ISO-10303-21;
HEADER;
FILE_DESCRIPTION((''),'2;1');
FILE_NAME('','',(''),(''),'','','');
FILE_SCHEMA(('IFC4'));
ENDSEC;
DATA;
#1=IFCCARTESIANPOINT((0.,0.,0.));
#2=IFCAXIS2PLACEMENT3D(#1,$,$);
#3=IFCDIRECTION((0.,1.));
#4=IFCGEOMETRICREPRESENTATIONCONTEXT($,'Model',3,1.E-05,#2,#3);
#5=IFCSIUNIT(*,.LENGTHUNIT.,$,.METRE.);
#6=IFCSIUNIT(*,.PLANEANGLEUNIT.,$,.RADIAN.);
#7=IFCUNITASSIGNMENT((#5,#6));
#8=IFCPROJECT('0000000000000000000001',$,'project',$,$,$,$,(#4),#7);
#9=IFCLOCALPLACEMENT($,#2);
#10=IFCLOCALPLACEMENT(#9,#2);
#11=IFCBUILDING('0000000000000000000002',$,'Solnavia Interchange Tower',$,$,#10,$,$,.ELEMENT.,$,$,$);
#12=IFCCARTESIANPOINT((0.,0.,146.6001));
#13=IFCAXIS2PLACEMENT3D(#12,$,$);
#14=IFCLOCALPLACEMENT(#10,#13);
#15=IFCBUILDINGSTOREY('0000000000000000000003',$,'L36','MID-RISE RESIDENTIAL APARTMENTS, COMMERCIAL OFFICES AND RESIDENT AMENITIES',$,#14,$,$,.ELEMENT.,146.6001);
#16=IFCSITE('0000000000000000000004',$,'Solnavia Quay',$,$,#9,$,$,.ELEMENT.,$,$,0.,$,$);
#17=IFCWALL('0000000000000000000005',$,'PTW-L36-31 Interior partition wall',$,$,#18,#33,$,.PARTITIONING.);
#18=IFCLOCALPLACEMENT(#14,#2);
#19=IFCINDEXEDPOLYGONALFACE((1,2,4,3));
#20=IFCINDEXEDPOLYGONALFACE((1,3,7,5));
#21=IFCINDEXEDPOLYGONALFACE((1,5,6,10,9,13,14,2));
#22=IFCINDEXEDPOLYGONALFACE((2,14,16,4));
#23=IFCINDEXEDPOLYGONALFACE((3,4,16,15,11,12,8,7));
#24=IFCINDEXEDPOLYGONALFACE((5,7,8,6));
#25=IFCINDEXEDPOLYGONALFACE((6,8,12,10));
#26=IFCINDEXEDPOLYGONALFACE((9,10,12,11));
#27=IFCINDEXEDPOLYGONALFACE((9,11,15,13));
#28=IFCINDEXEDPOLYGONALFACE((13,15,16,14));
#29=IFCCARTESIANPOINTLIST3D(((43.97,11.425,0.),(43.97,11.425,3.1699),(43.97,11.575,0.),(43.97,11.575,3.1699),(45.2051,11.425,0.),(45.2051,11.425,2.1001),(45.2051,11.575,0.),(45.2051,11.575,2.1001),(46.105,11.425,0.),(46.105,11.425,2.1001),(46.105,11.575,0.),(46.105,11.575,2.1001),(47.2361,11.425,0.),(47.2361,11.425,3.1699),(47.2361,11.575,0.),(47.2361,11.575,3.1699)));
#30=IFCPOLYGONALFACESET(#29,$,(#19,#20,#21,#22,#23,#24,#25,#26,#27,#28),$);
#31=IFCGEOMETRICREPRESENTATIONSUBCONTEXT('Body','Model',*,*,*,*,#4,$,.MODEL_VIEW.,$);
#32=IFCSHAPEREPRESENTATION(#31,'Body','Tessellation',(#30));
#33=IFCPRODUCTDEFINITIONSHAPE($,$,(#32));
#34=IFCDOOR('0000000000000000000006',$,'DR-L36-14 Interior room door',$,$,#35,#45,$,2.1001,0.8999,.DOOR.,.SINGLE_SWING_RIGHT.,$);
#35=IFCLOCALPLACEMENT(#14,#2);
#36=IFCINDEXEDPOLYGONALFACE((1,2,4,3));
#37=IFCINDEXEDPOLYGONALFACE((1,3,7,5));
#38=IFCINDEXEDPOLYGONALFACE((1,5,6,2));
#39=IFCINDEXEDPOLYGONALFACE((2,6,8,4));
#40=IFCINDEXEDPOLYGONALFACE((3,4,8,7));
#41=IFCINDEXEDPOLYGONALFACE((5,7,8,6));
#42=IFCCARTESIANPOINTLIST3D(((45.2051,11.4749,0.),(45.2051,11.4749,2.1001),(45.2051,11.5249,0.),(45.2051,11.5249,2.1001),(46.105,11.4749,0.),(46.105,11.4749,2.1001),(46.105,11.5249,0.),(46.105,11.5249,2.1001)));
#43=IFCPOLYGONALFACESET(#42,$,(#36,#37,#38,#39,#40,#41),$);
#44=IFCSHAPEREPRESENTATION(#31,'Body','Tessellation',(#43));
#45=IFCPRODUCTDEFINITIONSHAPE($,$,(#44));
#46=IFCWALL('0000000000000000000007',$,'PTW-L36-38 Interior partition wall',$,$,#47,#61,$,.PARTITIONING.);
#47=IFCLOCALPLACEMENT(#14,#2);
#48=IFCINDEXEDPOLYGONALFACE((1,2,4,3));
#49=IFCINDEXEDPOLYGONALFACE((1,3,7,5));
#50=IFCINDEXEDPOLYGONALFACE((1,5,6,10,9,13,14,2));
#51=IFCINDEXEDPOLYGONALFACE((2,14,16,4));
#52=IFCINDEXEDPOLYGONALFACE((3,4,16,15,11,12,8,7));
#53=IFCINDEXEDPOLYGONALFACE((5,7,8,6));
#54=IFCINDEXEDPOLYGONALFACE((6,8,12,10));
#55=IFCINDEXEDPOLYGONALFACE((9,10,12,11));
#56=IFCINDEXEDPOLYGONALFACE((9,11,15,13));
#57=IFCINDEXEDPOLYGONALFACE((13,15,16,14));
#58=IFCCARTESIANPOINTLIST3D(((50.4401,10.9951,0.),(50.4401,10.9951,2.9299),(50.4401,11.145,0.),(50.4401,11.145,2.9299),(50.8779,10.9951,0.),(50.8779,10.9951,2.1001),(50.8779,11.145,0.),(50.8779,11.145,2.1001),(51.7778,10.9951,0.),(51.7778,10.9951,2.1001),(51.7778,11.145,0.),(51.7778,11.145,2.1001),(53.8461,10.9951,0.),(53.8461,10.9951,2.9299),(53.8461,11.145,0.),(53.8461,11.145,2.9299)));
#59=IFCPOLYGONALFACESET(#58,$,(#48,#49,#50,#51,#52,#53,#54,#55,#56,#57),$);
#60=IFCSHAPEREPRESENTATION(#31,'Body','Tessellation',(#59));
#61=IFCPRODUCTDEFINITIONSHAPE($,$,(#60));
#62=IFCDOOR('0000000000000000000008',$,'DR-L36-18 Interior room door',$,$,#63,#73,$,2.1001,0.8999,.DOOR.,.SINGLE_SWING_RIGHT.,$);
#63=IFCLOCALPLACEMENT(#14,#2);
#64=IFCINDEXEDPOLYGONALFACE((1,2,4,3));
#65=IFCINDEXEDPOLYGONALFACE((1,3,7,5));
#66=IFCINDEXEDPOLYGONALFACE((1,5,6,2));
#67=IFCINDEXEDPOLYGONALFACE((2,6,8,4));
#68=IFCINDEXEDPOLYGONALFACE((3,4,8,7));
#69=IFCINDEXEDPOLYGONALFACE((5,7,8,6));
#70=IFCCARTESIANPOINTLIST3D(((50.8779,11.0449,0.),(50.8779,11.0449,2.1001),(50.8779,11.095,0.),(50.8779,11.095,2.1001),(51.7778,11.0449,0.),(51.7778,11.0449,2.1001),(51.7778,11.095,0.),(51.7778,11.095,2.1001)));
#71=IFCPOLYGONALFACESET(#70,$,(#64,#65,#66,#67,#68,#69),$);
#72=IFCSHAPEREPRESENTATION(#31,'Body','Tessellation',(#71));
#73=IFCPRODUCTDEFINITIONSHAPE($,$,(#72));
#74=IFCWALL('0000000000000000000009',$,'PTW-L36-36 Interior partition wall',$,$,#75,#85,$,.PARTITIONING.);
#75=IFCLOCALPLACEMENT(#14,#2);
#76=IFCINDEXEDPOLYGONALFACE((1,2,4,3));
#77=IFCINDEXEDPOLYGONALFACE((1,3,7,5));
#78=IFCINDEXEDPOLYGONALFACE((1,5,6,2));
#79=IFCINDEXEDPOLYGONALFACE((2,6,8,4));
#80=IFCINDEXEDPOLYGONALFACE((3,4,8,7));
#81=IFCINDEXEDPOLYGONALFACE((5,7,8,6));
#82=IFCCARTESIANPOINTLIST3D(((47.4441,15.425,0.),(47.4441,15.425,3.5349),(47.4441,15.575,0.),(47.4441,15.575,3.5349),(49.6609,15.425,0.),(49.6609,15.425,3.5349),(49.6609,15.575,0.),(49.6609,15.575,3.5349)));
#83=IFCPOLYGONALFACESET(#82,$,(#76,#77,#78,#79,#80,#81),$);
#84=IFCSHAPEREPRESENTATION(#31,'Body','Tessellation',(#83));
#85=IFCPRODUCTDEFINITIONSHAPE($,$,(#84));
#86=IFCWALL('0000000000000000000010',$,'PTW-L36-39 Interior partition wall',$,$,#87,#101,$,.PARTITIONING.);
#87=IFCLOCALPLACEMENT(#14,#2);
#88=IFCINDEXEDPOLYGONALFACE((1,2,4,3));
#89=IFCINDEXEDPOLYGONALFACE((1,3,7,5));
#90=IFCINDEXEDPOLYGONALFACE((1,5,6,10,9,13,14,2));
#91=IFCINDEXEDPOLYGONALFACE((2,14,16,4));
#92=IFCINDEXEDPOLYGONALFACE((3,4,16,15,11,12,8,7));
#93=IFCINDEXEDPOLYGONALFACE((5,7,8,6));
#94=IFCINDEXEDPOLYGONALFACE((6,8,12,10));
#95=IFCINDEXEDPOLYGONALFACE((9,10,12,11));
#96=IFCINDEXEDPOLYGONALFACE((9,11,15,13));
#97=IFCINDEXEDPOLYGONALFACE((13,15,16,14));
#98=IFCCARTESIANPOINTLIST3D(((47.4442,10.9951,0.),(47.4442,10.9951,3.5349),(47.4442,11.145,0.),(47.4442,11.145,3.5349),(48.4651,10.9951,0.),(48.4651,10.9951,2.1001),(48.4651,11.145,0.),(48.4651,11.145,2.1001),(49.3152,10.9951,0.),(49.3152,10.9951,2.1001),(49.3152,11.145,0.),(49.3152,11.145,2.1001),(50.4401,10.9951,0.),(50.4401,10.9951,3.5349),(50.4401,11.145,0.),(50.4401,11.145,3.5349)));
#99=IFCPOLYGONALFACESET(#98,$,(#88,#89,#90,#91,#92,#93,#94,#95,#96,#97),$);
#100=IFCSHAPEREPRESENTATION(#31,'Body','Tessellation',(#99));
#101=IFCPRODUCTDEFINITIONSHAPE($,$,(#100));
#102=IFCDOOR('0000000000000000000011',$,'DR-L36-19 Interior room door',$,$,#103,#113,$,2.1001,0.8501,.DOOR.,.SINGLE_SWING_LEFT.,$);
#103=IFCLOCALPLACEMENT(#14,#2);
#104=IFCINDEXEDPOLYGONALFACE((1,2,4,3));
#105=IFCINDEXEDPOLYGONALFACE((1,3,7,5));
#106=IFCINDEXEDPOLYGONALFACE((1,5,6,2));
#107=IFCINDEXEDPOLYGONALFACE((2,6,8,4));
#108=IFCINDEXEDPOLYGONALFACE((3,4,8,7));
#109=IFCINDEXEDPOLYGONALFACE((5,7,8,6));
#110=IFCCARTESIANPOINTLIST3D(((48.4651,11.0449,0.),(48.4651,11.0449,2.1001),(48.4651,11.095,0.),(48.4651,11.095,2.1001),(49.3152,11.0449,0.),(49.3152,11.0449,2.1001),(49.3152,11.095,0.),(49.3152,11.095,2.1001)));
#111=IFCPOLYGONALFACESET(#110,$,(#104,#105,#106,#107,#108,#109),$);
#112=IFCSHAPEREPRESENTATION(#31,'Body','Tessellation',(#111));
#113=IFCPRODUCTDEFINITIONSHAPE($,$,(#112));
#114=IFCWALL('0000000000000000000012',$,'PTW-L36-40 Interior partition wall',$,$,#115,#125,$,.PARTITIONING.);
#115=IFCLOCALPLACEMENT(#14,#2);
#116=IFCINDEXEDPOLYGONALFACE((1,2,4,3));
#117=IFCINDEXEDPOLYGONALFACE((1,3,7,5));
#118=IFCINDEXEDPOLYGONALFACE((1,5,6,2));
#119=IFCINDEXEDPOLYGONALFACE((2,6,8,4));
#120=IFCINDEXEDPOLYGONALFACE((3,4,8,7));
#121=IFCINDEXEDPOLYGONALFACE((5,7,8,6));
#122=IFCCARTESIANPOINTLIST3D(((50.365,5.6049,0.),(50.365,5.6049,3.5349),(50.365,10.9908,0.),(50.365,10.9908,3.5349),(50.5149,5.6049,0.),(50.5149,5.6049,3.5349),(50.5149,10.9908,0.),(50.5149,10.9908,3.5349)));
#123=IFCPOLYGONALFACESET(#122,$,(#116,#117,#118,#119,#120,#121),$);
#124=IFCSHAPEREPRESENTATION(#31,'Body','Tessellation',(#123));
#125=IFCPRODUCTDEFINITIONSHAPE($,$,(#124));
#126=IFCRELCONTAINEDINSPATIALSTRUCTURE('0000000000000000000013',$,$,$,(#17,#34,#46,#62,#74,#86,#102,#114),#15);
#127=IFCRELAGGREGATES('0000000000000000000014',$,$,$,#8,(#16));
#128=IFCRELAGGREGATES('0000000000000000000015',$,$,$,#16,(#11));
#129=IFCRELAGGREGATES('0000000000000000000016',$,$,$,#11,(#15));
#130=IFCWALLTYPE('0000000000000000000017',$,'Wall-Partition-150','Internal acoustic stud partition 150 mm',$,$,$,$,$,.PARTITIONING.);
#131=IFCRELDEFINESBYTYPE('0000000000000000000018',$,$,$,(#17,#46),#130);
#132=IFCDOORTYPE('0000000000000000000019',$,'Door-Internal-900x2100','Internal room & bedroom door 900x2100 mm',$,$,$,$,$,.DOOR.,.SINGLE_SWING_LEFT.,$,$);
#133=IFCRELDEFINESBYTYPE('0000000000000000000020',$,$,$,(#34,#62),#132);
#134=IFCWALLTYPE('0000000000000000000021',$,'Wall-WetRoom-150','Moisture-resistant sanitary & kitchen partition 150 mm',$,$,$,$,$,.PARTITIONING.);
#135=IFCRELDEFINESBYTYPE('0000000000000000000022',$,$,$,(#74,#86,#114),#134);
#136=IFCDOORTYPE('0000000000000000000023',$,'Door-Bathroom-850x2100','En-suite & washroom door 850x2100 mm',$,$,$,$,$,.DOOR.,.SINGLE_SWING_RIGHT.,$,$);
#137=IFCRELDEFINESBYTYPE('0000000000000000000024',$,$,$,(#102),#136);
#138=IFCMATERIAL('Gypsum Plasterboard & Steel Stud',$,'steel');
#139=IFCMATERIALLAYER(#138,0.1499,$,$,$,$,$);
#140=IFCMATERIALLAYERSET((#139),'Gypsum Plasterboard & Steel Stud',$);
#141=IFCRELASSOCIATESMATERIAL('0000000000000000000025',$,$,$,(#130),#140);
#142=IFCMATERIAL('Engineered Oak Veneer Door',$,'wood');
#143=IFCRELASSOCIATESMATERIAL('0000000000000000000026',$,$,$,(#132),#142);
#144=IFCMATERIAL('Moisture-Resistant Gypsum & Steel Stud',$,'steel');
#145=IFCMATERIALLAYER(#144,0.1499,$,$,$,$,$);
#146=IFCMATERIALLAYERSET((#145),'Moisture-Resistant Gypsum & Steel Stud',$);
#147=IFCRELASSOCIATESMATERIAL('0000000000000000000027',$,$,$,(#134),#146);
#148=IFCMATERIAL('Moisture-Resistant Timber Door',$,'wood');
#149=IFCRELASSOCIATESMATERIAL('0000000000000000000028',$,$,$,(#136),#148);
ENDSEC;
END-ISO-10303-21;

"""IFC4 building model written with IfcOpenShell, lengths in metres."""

from ifc_helpers import new_model, si_unit, direction, frame, frame_2d, origin, place, context, subcontext, project, spatial, rectangle, extrude, material, layer, layer_set, type_object, element, fill, save


model = new_model("IFC4")

# Units and contexts
model_context = context("Model", 3, precision=1e-05, world=origin(), true_north=direction((0.0, 1.0)))
body_context = subcontext(model_context, "Body", "Model", "MODEL_VIEW")
ifc_project = project(units=[si_unit("LENGTHUNIT", "METRE"), si_unit("PLANEANGLEUNIT", "RADIAN")], contexts=[model_context])

# Site, building, storey
site_placement = place(None, origin())
site = spatial("IfcSite", under=ifc_project, at=site_placement, Name="Solnavia Quay", CompositionType="ELEMENT", RefElevation=0.0)
building_placement = place(site_placement, origin())
building = spatial("IfcBuilding", under=site, at=building_placement, Name="Solnavia Interchange Tower", CompositionType="ELEMENT")
storey_placement = place(building_placement, frame((0.0, 0.0, 146.6001)))
storey = spatial("IfcBuildingStorey", under=building, at=storey_placement, Name="L36", Description="MID-RISE RESIDENTIAL APARTMENTS, COMMERCIAL OFFICES AND RESIDENT AMENITIES", CompositionType="ELEMENT", Elevation=146.6001)

# Walls, openings, doors
ifc_material_1 = material(Name="Gypsum Plasterboard & Steel Stud", Category="steel")
ifc_layer_1 = layer(ifc_material_1, 0.1499)
ifc_layer_set_1 = layer_set([ifc_layer_1], Name="Gypsum Plasterboard & Steel Stud")
wall_type_1 = type_object("IfcWallType", Name="Wall-Partition-150", Description="Internal acoustic stud partition 150 mm", PredefinedType="PARTITIONING", material=ifc_layer_set_1)
wall_1_placement = place(storey_placement, frame((43.97, 11.5, 0.0), z_axis=(0.0, 0.0, 1.0), x_axis=(1.0, 0.0, 0.0)))
wall_1 = element("IfcWall", 1, at=wall_1_placement, inside=storey, type_object=wall_type_1, Name="PTW-L36-31 Interior partition wall", PredefinedType="PARTITIONING", context=body_context, shape_type="SweptSolid", body=[
    extrude(rectangle(XDim=3.2661, YDim=0.1499, at=frame_2d((1.6331, 0.0))), origin(), (0.0, 0.0, 1.0), 3.1699),
])
opening_1_placement = place(wall_1_placement, frame((1.2351, 0.0, 0.0)))
opening_1 = element("IfcOpeningElement", 2, at=opening_1_placement, cuts=wall_1, PredefinedType="OPENING", context=body_context, shape_type="SweptSolid", body=[
    extrude(rectangle(XDim=0.8999, YDim=2.1001, at=frame_2d((0.45, 1.05))), frame((0.0, 0.085, 0.0), z_axis=(0.0, -1.0, 0.0), x_axis=(1.0, 0.0, 0.0)), (0.0, 0.0, 1.0), 0.1699),
])
ifc_material_2 = material(Name="Engineered Oak Veneer Door", Category="wood")
door_type_1 = type_object("IfcDoorType", Name="Door-Internal-900x2100", Description="Internal room & bedroom door 900x2100 mm", OperationType="SINGLE_SWING_LEFT", PredefinedType="DOOR", material=ifc_material_2)
door_1_placement = place(opening_1_placement, origin())
door_1 = element("IfcDoor", 3, at=door_1_placement, inside=storey, type_object=door_type_1, Name="DR-L36-14 Interior room door", OperationType="SINGLE_SWING_RIGHT", OverallHeight=2.1001, OverallWidth=0.8999, PredefinedType="DOOR", context=body_context, shape_type="SweptSolid", body=[
    extrude(rectangle(XDim=0.8999, YDim=2.1001, at=frame_2d((0.45, 1.05))), frame((0.0, 0.0249, 0.0), z_axis=(0.0, -1.0, 0.0), x_axis=(1.0, 0.0, 0.0)), (0.0, 0.0, 1.0), 0.05),
])
fill(opening_1, door_1)
wall_2_placement = place(storey_placement, frame((50.4399, 11.0701, 0.0), z_axis=(0.0, 0.0, 1.0), x_axis=(1.0, 0.0, 0.0)))
wall_2 = element("IfcWall", 4, at=wall_2_placement, inside=storey, type_object=wall_type_1, Name="PTW-L36-38 Interior partition wall", PredefinedType="PARTITIONING", context=body_context, shape_type="SweptSolid", body=[
    extrude(rectangle(XDim=3.406, YDim=0.1499, at=frame_2d((1.7031, 0.0))), origin(), (0.0, 0.0, 1.0), 2.9299),
])
opening_2_placement = place(wall_2_placement, frame((0.438, 0.0, 0.0)))
opening_2 = element("IfcOpeningElement", 5, at=opening_2_placement, cuts=wall_2, PredefinedType="OPENING", context=body_context, shape_type="SweptSolid", body=[
    extrude(rectangle(XDim=0.8999, YDim=2.1001, at=frame_2d((0.45, 1.05))), frame((0.0, 0.085, 0.0), z_axis=(0.0, -1.0, 0.0), x_axis=(1.0, 0.0, 0.0)), (0.0, 0.0, 1.0), 0.1699),
])
door_2_placement = place(opening_2_placement, origin())
door_2 = element("IfcDoor", 6, at=door_2_placement, inside=storey, type_object=door_type_1, Name="DR-L36-18 Interior room door", OperationType="SINGLE_SWING_RIGHT", OverallHeight=2.1001, OverallWidth=0.8999, PredefinedType="DOOR", context=body_context, shape_type="SweptSolid", body=[
    extrude(rectangle(XDim=0.8999, YDim=2.1001, at=frame_2d((0.45, 1.05))), frame((0.0, 0.0249, 0.0), z_axis=(0.0, -1.0, 0.0), x_axis=(1.0, 0.0, 0.0)), (0.0, 0.0, 1.0), 0.05),
])
fill(opening_2, door_2)

# Wall
ifc_material_3 = material(Name="Moisture-Resistant Gypsum & Steel Stud", Category="steel")
ifc_layer_2 = layer(ifc_material_3, 0.1499)
ifc_layer_set_2 = layer_set([ifc_layer_2], Name="Moisture-Resistant Gypsum & Steel Stud")
wall_type_2 = type_object("IfcWallType", Name="Wall-WetRoom-150", Description="Moisture-resistant sanitary & kitchen partition 150 mm", PredefinedType="PARTITIONING", material=ifc_layer_set_2)
wall_3_placement = place(storey_placement, frame((47.4441, 15.5, 0.0), z_axis=(0.0, 0.0, 1.0), x_axis=(1.0, 0.0, 0.0)))
element("IfcWall", 7, at=wall_3_placement, inside=storey, type_object=wall_type_2, Name="PTW-L36-36 Interior partition wall", PredefinedType="PARTITIONING", context=body_context, shape_type="SweptSolid", body=[
    extrude(rectangle(XDim=2.2168, YDim=0.1499, at=frame_2d((1.1084, 0.0))), origin(), (0.0, 0.0, 1.0), 3.5349),
])

# Wall, opening, door
wall_4_placement = place(storey_placement, frame((47.4441, 11.0701, 0.0), z_axis=(0.0, 0.0, 1.0), x_axis=(1.0, 0.0, 0.0)))
wall_4 = element("IfcWall", 8, at=wall_4_placement, inside=storey, type_object=wall_type_2, Name="PTW-L36-39 Interior partition wall", PredefinedType="PARTITIONING", context=body_context, shape_type="SweptSolid", body=[
    extrude(rectangle(XDim=2.9958, YDim=0.1499, at=frame_2d((1.498, 0.0))), origin(), (0.0, 0.0, 1.0), 3.5349),
])
opening_3_placement = place(wall_4_placement, frame((1.021, 0.0, 0.0)))
opening_3 = element("IfcOpeningElement", 9, at=opening_3_placement, cuts=wall_4, PredefinedType="OPENING", context=body_context, shape_type="SweptSolid", body=[
    extrude(rectangle(XDim=0.8501, YDim=2.1001, at=frame_2d((0.425, 1.05))), frame((0.0, 0.085, 0.0), z_axis=(0.0, -1.0, 0.0), x_axis=(1.0, 0.0, 0.0)), (0.0, 0.0, 1.0), 0.1699),
])
ifc_material_4 = material(Name="Moisture-Resistant Timber Door", Category="wood")
door_type_2 = type_object("IfcDoorType", Name="Door-Bathroom-850x2100", Description="En-suite & washroom door 850x2100 mm", OperationType="SINGLE_SWING_RIGHT", PredefinedType="DOOR", material=ifc_material_4)
door_3_placement = place(opening_3_placement, origin())
door_3 = element("IfcDoor", 10, at=door_3_placement, inside=storey, type_object=door_type_2, Name="DR-L36-19 Interior room door", OperationType="SINGLE_SWING_LEFT", OverallHeight=2.1001, OverallWidth=0.8501, PredefinedType="DOOR", context=body_context, shape_type="SweptSolid", body=[
    extrude(rectangle(XDim=0.8501, YDim=2.1001, at=frame_2d((0.425, 1.05))), frame((0.0, 0.0249, 0.0), z_axis=(0.0, -1.0, 0.0), x_axis=(1.0, 0.0, 0.0)), (0.0, 0.0, 1.0), 0.05),
])
fill(opening_3, door_3)

# Wall
wall_5_placement = place(storey_placement, frame((50.4399, 5.605, 0.0), z_axis=(0.0, 0.0, 1.0), x_axis=(0.0, 1.0, 0.0)))
element("IfcWall", 11, at=wall_5_placement, inside=storey, type_object=wall_type_2, Name="PTW-L36-40 Interior partition wall", PredefinedType="PARTITIONING", context=body_context, shape_type="SweptSolid", body=[
    extrude(rectangle(XDim=5.386, YDim=0.1499, at=frame_2d((2.6929, 0.0))), origin(), (0.0, 0.0, 1.0), 3.5349),
])

save(model, "model.ifc")
